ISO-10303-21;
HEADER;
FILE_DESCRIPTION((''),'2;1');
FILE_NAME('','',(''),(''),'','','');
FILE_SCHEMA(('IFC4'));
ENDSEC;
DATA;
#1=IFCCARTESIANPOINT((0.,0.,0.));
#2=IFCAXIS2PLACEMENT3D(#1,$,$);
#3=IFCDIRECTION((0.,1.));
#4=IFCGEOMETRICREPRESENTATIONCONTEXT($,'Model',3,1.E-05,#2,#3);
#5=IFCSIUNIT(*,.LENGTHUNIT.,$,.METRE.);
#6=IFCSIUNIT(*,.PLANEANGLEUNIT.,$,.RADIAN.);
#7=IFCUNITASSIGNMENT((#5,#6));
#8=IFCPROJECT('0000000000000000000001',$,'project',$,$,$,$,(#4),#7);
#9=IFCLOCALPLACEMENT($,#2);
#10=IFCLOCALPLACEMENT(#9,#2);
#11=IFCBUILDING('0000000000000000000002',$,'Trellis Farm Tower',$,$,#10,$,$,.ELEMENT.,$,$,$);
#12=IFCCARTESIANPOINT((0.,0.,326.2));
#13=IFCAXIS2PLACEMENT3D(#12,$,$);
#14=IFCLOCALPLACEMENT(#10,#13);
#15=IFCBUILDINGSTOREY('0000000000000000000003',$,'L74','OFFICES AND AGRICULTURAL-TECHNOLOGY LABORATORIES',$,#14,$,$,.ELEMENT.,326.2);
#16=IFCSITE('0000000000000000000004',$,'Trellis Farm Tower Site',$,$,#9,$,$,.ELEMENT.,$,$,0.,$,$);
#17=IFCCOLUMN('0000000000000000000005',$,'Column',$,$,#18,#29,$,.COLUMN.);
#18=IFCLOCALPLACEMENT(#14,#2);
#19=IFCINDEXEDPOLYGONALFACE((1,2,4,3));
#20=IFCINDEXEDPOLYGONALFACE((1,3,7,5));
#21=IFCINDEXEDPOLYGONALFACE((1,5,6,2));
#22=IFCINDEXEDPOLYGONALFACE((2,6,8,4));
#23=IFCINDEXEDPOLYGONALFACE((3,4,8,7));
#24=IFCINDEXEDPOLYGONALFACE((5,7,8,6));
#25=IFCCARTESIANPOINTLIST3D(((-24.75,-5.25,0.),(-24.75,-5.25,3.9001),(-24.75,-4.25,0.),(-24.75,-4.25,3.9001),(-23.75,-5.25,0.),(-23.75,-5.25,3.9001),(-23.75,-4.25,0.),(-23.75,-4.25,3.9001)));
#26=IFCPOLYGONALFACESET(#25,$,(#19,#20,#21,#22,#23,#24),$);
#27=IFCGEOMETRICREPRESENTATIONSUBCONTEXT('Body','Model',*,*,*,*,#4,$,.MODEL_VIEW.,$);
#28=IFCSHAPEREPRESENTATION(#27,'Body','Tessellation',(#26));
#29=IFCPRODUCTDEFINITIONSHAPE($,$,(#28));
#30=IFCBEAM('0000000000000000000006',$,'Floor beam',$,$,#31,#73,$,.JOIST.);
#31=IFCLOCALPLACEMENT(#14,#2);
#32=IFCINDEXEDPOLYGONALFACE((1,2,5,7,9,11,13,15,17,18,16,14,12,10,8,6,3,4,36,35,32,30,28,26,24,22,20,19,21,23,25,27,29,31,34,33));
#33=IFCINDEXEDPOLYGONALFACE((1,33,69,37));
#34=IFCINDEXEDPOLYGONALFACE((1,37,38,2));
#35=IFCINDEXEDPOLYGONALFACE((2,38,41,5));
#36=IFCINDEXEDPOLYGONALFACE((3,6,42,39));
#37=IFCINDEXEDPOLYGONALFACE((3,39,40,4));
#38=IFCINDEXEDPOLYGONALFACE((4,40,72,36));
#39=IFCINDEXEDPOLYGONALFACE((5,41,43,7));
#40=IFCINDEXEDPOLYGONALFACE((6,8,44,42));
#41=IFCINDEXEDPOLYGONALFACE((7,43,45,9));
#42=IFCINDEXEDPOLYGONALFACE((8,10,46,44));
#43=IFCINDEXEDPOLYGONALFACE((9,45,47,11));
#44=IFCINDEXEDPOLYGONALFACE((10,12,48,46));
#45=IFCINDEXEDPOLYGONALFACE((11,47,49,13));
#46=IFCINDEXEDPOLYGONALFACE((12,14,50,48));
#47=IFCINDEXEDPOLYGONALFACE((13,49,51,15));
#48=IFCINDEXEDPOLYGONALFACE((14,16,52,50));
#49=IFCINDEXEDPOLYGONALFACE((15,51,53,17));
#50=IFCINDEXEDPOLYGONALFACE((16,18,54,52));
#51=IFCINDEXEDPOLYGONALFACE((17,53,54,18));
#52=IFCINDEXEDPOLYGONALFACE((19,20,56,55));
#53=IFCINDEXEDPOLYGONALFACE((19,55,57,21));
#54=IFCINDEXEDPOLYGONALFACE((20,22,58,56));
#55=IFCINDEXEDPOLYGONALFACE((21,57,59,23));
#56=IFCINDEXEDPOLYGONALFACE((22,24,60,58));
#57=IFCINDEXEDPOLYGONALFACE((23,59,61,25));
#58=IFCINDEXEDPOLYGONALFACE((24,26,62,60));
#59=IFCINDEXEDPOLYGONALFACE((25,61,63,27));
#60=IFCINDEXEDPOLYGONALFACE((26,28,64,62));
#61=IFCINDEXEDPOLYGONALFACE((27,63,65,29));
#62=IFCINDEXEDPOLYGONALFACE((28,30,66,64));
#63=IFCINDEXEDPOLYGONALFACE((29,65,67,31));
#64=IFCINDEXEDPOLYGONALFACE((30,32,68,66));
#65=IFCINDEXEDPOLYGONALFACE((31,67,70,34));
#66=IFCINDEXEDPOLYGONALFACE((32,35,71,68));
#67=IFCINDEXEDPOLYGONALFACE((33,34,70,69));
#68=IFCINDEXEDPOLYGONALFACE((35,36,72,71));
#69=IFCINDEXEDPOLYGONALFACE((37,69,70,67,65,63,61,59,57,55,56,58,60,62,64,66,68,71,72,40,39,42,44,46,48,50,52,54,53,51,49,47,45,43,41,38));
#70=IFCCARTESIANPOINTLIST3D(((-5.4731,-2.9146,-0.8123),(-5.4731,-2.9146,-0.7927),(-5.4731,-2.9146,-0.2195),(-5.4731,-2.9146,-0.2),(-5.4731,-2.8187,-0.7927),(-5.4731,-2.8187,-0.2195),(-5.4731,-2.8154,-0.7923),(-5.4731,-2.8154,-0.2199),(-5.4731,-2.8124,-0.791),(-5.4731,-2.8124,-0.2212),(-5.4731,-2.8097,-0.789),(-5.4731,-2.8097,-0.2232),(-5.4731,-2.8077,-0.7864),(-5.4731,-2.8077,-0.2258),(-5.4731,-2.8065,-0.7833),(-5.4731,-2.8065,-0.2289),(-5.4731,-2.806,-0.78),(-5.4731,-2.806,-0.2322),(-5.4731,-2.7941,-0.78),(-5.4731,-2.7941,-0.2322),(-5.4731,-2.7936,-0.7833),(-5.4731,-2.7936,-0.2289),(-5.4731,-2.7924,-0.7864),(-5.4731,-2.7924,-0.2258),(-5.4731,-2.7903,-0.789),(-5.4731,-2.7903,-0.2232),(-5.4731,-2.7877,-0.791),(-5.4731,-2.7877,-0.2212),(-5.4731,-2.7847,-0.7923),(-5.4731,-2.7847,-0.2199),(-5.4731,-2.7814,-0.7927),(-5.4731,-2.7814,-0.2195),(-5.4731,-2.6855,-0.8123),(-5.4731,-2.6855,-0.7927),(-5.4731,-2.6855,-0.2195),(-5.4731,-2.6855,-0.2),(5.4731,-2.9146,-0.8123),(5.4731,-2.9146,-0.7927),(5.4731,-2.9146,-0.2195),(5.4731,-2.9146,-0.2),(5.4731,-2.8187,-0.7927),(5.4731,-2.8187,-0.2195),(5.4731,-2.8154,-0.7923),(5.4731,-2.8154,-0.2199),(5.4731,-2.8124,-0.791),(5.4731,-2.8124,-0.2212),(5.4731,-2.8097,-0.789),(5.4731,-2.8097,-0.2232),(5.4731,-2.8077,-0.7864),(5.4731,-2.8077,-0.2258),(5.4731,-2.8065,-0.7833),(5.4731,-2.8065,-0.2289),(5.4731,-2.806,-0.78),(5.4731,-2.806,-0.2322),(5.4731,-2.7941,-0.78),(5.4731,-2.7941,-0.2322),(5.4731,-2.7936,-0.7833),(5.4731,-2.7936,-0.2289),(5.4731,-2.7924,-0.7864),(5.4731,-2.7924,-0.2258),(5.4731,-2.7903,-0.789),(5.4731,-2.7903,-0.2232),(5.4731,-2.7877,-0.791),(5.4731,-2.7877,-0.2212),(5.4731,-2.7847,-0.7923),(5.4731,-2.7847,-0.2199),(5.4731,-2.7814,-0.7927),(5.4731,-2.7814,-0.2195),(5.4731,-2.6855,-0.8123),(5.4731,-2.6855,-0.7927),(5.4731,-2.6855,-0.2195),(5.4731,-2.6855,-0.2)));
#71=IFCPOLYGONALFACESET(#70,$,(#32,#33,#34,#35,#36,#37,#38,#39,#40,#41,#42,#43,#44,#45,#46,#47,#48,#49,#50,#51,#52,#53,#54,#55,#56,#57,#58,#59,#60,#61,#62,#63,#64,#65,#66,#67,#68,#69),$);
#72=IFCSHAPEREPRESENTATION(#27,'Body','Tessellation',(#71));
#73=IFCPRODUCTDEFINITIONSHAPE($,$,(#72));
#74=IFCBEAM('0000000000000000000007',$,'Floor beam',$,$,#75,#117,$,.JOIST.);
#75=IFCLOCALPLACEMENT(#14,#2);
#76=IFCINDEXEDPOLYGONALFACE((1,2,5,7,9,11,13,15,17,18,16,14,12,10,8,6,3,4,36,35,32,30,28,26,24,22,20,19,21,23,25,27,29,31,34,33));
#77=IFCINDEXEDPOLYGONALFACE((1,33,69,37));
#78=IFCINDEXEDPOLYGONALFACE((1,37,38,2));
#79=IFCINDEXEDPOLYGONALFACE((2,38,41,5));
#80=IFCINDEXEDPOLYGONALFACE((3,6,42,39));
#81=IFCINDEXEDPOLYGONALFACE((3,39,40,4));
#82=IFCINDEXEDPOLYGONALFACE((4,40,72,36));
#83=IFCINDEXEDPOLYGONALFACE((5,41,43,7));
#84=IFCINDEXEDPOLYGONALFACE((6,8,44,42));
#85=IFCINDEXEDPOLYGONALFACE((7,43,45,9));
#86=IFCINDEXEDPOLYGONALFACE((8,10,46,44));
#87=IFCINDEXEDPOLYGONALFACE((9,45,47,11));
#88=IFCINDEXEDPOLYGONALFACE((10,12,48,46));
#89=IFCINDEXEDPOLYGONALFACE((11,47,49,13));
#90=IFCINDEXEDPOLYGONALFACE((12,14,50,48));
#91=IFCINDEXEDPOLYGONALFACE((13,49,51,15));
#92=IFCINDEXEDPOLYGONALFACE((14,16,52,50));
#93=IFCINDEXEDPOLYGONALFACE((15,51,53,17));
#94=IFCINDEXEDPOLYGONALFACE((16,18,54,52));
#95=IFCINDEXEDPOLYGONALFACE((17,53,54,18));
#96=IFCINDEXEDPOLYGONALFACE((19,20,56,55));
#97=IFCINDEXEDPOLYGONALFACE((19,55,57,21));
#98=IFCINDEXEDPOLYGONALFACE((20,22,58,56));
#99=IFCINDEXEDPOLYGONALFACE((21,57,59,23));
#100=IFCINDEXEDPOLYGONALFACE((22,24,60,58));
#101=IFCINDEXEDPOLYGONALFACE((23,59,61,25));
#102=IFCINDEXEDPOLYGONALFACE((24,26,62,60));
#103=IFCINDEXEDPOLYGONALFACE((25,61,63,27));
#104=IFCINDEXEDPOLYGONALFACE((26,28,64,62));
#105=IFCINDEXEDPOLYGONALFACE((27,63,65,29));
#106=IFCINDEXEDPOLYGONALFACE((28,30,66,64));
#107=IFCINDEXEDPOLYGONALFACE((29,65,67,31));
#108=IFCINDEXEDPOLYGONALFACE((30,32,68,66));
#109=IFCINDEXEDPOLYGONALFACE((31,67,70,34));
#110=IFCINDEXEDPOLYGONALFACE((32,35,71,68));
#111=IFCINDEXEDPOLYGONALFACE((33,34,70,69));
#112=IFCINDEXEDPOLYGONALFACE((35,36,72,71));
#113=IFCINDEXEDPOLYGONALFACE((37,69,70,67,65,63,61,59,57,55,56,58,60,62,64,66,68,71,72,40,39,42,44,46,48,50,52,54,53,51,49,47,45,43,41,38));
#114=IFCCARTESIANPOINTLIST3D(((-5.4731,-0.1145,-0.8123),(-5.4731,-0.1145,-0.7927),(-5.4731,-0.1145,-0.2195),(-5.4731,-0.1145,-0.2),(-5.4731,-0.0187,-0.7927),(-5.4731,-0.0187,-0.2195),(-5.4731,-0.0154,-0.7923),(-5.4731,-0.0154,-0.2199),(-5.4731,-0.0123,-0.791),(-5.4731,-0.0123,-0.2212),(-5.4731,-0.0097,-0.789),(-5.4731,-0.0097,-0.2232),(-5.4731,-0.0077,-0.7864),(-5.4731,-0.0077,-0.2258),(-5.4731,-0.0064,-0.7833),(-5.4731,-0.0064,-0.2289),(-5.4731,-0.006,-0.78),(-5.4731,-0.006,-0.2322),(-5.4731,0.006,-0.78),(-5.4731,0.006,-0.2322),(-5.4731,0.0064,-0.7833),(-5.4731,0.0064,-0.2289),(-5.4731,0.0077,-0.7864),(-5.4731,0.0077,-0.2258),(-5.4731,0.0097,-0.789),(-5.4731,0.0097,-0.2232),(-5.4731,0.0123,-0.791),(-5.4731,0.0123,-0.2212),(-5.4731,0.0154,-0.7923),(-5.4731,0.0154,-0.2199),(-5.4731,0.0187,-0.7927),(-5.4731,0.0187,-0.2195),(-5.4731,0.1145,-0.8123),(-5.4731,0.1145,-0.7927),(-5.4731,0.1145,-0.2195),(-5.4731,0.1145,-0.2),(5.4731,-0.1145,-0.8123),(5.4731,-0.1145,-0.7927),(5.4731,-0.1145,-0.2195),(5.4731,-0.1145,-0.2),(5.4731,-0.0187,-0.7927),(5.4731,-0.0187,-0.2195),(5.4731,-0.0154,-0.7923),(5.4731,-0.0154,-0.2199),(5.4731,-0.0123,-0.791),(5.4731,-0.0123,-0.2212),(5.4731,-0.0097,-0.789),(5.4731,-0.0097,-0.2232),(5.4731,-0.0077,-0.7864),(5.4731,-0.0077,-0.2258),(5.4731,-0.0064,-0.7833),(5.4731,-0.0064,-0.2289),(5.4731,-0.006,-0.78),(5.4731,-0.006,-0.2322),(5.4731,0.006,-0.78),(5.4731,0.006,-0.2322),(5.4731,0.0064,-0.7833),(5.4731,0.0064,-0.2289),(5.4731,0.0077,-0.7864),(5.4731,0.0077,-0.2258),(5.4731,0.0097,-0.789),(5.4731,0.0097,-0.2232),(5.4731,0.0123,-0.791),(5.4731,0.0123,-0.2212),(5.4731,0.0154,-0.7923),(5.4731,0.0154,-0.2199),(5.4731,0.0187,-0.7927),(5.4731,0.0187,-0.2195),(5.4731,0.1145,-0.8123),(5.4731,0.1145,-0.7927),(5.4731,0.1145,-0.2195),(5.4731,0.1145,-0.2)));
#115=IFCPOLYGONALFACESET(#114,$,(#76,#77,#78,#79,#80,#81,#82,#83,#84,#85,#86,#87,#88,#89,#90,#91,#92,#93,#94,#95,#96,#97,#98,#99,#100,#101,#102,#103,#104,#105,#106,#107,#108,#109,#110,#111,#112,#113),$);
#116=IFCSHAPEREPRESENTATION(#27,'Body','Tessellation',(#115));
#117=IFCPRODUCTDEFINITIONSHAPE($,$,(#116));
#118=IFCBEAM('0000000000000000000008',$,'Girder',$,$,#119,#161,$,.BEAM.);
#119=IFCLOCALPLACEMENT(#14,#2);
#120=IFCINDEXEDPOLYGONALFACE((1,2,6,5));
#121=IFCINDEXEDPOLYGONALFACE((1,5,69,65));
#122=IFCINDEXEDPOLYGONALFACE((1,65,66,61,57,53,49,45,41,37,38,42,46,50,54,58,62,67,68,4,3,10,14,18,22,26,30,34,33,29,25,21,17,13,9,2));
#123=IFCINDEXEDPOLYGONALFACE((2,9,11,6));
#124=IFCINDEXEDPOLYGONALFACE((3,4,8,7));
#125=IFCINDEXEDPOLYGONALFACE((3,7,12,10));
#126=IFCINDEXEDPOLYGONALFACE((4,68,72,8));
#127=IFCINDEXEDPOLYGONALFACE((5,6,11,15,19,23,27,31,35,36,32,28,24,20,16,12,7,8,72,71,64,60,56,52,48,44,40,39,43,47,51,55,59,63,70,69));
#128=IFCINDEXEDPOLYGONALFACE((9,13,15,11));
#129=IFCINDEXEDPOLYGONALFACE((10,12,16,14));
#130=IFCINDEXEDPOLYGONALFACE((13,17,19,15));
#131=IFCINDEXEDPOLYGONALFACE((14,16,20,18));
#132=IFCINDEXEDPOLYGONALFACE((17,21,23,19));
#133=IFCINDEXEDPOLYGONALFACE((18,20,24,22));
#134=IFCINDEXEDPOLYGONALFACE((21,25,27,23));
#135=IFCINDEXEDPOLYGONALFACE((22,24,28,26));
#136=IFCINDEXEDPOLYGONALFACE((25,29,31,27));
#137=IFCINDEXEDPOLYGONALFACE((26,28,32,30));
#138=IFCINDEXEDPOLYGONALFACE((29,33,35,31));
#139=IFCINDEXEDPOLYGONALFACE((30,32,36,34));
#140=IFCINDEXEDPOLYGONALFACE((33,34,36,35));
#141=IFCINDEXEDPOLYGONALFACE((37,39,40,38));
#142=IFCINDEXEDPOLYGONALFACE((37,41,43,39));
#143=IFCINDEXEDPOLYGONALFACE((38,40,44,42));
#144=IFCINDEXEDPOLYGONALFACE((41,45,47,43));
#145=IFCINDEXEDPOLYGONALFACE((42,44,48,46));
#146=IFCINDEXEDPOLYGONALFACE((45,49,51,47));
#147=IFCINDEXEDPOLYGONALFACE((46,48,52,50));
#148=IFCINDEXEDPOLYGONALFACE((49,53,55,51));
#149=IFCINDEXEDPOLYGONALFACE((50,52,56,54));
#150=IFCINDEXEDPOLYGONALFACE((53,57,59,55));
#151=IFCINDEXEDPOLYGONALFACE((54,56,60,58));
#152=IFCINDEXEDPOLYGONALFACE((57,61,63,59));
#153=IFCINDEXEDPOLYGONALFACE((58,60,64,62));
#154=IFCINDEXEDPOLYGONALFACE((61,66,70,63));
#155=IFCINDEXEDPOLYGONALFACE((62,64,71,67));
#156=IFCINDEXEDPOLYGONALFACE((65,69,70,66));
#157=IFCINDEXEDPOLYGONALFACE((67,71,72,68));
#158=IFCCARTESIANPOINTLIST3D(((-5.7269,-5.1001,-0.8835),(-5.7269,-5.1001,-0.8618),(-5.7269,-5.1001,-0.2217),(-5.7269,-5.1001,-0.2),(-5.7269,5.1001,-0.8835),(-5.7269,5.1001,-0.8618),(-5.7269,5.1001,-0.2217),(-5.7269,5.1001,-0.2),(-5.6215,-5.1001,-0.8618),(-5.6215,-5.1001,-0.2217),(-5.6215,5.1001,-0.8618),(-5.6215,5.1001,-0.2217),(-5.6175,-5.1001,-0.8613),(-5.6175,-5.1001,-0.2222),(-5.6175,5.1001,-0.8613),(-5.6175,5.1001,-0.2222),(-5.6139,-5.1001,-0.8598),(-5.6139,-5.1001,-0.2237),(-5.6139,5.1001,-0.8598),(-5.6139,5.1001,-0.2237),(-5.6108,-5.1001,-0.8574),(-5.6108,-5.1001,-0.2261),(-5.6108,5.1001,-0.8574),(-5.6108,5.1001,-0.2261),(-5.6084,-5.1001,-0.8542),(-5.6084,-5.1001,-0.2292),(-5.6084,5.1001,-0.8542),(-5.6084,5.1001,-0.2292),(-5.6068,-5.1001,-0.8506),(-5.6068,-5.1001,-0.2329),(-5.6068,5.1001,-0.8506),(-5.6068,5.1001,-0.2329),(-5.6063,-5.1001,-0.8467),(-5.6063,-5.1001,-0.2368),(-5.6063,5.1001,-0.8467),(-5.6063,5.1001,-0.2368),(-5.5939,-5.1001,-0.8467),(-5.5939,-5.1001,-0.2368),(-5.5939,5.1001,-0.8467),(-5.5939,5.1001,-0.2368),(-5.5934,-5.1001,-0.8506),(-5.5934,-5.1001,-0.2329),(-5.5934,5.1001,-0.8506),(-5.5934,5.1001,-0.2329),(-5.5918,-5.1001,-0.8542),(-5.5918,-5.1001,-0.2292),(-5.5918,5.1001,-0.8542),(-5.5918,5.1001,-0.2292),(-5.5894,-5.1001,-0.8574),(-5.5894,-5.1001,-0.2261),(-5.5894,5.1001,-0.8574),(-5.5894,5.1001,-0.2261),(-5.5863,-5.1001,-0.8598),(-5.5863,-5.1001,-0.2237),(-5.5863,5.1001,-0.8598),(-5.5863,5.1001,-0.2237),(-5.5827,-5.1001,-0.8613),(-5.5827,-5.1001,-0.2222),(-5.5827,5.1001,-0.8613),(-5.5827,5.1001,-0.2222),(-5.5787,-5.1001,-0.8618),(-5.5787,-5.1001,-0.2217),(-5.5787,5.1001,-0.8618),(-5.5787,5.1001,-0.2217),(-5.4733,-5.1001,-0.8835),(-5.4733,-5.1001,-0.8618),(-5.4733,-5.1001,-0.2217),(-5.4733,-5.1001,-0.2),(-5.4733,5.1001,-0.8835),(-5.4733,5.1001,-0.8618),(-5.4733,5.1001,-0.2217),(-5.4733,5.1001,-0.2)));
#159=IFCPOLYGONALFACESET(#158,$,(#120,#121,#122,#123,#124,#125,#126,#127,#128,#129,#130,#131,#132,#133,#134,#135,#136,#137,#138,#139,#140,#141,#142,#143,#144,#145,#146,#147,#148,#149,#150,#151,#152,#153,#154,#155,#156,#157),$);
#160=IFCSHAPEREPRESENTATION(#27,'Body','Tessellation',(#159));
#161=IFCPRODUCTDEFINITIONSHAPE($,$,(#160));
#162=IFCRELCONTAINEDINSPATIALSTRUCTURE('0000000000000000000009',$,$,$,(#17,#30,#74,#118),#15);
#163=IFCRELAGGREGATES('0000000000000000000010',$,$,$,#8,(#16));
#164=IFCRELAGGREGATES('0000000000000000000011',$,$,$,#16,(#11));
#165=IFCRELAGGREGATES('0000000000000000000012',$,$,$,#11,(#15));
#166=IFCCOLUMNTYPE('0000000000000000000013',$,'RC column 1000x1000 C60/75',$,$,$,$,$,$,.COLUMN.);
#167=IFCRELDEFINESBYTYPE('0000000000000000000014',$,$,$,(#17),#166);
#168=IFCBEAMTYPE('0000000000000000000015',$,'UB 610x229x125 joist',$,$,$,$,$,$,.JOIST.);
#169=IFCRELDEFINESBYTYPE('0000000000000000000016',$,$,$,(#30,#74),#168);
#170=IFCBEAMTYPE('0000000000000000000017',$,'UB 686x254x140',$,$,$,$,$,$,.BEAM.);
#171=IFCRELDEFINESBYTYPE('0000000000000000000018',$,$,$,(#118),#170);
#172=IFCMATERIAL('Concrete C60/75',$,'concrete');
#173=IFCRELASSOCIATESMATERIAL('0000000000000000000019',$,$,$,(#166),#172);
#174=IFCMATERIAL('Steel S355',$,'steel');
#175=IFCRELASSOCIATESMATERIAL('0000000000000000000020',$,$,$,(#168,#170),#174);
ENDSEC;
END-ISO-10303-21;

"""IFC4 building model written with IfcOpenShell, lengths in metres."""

from ifc_helpers import new_model, si_unit, direction, frame, origin, origin_2d, place, context, subcontext, project, spatial, rectangle, i_section, extrude, source, transform, mapped, material, material_profile, profile_set, type_object, element, save


model = new_model("IFC4")

# Units and contexts
model_context = context("Model", 3, precision=1e-05, world=origin(), true_north=direction((0.0, 1.0)))
body_context = subcontext(model_context, "Body", "Model", "MODEL_VIEW")
ifc_project = project(units=[si_unit("LENGTHUNIT", "METRE"), si_unit("PLANEANGLEUNIT", "RADIAN")], contexts=[model_context])

# Site, building, storey
site_placement = place(None, origin())
site = spatial("IfcSite", under=ifc_project, at=site_placement, Name="Trellis Farm Tower Site", CompositionType="ELEMENT", RefElevation=0.0)
building_placement = place(site_placement, origin())
building = spatial("IfcBuilding", under=site, at=building_placement, Name="Trellis Farm Tower", CompositionType="ELEMENT")
storey_placement = place(building_placement, frame((0.0, 0.0, 326.2)))
storey = spatial("IfcBuildingStorey", under=building, at=storey_placement, Name="L74", Description="OFFICES AND AGRICULTURAL-TECHNOLOGY LABORATORIES", CompositionType="ELEMENT", Elevation=326.2)

# Column
ifc_material_1 = material(Name="Concrete C60/75", Category="concrete")
ifc_material_profile_1 = material_profile(ifc_material_1, rectangle(XDim=1.0, YDim=1.0, at=origin_2d()), Name="RC column 1000x1000 C60/75")
ifc_profile_set_1 = profile_set([ifc_material_profile_1], Name="Concrete C60/75")
column_type = type_object("IfcColumnType", Name="RC column 1000x1000 C60/75", PredefinedType="COLUMN", material=ifc_profile_set_1)
shared_shape_1 = source(origin(), body_context, "Body", "SweptSolid", [
    extrude(rectangle(XDim=1.0, YDim=1.0, at=origin_2d()), origin(), (0.0, 0.0, 1.0), 3.9001),
])
column_placement = place(storey_placement, frame((-24.25, -4.75, 0.0), z_axis=(0.0, 0.0, 1.0), x_axis=(1.0, 0.0, 0.0)))
element("IfcColumn", 1, at=column_placement, inside=storey, type_object=column_type, Name="Column", PredefinedType="COLUMN", context=body_context, shape_type="MappedRepresentation", body=[
    mapped(shared_shape_1, transform((0.0, 0.0, 0.0))),
])

# Beams
ifc_material_2 = material(Name="Steel S355", Category="steel")
ifc_material_profile_2 = material_profile(ifc_material_2, i_section(OverallWidth=0.229, OverallDepth=0.6123, WebThickness=0.012, FlangeThickness=0.0195, FilletRadius=0.0127, at=origin_2d()), Name="UB 610x229x125")
ifc_profile_set_2 = profile_set([ifc_material_profile_2], Name="Steel S355")
beam_type_1 = type_object("IfcBeamType", Name="UB 610x229x125 joist", PredefinedType="JOIST", material=ifc_profile_set_2)
shared_shape_2 = source(origin(), body_context, "Body", "SweptSolid", [
    extrude(i_section(OverallWidth=0.229, OverallDepth=0.6123, WebThickness=0.012, FlangeThickness=0.0195, FilletRadius=0.0127, at=origin_2d()), origin(), (0.0, 0.0, 1.0), 10.9463),
])
for number, where, z_axis, x_axis, name in (
    (2, (-5.4731, -2.8, -0.5061), (1.0, 0.0, 0.0), (0.0, 1.0, 0.0), "Floor beam"),
    (3, (-5.4731, 0.0, -0.5061), (1.0, 0.0, 0.0), (0.0, 1.0, 0.0), "Floor beam"),
):
    element("IfcBeam", number, at=place(storey_placement, frame(where, z_axis=z_axis, x_axis=x_axis)), inside=storey, type_object=beam_type_1, Name=name, PredefinedType="JOIST", context=body_context, shape_type="MappedRepresentation", body=[
        mapped(shared_shape_2, transform((0.0, 0.0, 0.0))),
    ])
ifc_material_profile_3 = material_profile(ifc_material_2, i_section(OverallWidth=0.2537, OverallDepth=0.6836, WebThickness=0.0125, FlangeThickness=0.0217, FilletRadius=0.0151, at=origin_2d()), Name="UB 686x254x140")
ifc_profile_set_3 = profile_set([ifc_material_profile_3], Name="Steel S355")
beam_type_2 = type_object("IfcBeamType", Name="UB 686x254x140", PredefinedType="BEAM", material=ifc_profile_set_3)
shared_shape_3 = source(origin(), body_context, "Body", "SweptSolid", [
    extrude(i_section(OverallWidth=0.2537, OverallDepth=0.6836, WebThickness=0.0125, FlangeThickness=0.0217, FilletRadius=0.0151, at=origin_2d()), origin(), (0.0, 0.0, 1.0), 10.2002),
])
beam_1_placement = place(storey_placement, frame((-5.6001, -5.1001, -0.5417), z_axis=(0.0, 1.0, 0.0), x_axis=(-1.0, 0.0, 0.0)))
element("IfcBeam", 4, at=beam_1_placement, inside=storey, type_object=beam_type_2, Name="Girder", PredefinedType="BEAM", context=body_context, shape_type="MappedRepresentation", body=[
    mapped(shared_shape_3, transform((0.0, 0.0, 0.0))),
])

save(model, "model.ifc")
